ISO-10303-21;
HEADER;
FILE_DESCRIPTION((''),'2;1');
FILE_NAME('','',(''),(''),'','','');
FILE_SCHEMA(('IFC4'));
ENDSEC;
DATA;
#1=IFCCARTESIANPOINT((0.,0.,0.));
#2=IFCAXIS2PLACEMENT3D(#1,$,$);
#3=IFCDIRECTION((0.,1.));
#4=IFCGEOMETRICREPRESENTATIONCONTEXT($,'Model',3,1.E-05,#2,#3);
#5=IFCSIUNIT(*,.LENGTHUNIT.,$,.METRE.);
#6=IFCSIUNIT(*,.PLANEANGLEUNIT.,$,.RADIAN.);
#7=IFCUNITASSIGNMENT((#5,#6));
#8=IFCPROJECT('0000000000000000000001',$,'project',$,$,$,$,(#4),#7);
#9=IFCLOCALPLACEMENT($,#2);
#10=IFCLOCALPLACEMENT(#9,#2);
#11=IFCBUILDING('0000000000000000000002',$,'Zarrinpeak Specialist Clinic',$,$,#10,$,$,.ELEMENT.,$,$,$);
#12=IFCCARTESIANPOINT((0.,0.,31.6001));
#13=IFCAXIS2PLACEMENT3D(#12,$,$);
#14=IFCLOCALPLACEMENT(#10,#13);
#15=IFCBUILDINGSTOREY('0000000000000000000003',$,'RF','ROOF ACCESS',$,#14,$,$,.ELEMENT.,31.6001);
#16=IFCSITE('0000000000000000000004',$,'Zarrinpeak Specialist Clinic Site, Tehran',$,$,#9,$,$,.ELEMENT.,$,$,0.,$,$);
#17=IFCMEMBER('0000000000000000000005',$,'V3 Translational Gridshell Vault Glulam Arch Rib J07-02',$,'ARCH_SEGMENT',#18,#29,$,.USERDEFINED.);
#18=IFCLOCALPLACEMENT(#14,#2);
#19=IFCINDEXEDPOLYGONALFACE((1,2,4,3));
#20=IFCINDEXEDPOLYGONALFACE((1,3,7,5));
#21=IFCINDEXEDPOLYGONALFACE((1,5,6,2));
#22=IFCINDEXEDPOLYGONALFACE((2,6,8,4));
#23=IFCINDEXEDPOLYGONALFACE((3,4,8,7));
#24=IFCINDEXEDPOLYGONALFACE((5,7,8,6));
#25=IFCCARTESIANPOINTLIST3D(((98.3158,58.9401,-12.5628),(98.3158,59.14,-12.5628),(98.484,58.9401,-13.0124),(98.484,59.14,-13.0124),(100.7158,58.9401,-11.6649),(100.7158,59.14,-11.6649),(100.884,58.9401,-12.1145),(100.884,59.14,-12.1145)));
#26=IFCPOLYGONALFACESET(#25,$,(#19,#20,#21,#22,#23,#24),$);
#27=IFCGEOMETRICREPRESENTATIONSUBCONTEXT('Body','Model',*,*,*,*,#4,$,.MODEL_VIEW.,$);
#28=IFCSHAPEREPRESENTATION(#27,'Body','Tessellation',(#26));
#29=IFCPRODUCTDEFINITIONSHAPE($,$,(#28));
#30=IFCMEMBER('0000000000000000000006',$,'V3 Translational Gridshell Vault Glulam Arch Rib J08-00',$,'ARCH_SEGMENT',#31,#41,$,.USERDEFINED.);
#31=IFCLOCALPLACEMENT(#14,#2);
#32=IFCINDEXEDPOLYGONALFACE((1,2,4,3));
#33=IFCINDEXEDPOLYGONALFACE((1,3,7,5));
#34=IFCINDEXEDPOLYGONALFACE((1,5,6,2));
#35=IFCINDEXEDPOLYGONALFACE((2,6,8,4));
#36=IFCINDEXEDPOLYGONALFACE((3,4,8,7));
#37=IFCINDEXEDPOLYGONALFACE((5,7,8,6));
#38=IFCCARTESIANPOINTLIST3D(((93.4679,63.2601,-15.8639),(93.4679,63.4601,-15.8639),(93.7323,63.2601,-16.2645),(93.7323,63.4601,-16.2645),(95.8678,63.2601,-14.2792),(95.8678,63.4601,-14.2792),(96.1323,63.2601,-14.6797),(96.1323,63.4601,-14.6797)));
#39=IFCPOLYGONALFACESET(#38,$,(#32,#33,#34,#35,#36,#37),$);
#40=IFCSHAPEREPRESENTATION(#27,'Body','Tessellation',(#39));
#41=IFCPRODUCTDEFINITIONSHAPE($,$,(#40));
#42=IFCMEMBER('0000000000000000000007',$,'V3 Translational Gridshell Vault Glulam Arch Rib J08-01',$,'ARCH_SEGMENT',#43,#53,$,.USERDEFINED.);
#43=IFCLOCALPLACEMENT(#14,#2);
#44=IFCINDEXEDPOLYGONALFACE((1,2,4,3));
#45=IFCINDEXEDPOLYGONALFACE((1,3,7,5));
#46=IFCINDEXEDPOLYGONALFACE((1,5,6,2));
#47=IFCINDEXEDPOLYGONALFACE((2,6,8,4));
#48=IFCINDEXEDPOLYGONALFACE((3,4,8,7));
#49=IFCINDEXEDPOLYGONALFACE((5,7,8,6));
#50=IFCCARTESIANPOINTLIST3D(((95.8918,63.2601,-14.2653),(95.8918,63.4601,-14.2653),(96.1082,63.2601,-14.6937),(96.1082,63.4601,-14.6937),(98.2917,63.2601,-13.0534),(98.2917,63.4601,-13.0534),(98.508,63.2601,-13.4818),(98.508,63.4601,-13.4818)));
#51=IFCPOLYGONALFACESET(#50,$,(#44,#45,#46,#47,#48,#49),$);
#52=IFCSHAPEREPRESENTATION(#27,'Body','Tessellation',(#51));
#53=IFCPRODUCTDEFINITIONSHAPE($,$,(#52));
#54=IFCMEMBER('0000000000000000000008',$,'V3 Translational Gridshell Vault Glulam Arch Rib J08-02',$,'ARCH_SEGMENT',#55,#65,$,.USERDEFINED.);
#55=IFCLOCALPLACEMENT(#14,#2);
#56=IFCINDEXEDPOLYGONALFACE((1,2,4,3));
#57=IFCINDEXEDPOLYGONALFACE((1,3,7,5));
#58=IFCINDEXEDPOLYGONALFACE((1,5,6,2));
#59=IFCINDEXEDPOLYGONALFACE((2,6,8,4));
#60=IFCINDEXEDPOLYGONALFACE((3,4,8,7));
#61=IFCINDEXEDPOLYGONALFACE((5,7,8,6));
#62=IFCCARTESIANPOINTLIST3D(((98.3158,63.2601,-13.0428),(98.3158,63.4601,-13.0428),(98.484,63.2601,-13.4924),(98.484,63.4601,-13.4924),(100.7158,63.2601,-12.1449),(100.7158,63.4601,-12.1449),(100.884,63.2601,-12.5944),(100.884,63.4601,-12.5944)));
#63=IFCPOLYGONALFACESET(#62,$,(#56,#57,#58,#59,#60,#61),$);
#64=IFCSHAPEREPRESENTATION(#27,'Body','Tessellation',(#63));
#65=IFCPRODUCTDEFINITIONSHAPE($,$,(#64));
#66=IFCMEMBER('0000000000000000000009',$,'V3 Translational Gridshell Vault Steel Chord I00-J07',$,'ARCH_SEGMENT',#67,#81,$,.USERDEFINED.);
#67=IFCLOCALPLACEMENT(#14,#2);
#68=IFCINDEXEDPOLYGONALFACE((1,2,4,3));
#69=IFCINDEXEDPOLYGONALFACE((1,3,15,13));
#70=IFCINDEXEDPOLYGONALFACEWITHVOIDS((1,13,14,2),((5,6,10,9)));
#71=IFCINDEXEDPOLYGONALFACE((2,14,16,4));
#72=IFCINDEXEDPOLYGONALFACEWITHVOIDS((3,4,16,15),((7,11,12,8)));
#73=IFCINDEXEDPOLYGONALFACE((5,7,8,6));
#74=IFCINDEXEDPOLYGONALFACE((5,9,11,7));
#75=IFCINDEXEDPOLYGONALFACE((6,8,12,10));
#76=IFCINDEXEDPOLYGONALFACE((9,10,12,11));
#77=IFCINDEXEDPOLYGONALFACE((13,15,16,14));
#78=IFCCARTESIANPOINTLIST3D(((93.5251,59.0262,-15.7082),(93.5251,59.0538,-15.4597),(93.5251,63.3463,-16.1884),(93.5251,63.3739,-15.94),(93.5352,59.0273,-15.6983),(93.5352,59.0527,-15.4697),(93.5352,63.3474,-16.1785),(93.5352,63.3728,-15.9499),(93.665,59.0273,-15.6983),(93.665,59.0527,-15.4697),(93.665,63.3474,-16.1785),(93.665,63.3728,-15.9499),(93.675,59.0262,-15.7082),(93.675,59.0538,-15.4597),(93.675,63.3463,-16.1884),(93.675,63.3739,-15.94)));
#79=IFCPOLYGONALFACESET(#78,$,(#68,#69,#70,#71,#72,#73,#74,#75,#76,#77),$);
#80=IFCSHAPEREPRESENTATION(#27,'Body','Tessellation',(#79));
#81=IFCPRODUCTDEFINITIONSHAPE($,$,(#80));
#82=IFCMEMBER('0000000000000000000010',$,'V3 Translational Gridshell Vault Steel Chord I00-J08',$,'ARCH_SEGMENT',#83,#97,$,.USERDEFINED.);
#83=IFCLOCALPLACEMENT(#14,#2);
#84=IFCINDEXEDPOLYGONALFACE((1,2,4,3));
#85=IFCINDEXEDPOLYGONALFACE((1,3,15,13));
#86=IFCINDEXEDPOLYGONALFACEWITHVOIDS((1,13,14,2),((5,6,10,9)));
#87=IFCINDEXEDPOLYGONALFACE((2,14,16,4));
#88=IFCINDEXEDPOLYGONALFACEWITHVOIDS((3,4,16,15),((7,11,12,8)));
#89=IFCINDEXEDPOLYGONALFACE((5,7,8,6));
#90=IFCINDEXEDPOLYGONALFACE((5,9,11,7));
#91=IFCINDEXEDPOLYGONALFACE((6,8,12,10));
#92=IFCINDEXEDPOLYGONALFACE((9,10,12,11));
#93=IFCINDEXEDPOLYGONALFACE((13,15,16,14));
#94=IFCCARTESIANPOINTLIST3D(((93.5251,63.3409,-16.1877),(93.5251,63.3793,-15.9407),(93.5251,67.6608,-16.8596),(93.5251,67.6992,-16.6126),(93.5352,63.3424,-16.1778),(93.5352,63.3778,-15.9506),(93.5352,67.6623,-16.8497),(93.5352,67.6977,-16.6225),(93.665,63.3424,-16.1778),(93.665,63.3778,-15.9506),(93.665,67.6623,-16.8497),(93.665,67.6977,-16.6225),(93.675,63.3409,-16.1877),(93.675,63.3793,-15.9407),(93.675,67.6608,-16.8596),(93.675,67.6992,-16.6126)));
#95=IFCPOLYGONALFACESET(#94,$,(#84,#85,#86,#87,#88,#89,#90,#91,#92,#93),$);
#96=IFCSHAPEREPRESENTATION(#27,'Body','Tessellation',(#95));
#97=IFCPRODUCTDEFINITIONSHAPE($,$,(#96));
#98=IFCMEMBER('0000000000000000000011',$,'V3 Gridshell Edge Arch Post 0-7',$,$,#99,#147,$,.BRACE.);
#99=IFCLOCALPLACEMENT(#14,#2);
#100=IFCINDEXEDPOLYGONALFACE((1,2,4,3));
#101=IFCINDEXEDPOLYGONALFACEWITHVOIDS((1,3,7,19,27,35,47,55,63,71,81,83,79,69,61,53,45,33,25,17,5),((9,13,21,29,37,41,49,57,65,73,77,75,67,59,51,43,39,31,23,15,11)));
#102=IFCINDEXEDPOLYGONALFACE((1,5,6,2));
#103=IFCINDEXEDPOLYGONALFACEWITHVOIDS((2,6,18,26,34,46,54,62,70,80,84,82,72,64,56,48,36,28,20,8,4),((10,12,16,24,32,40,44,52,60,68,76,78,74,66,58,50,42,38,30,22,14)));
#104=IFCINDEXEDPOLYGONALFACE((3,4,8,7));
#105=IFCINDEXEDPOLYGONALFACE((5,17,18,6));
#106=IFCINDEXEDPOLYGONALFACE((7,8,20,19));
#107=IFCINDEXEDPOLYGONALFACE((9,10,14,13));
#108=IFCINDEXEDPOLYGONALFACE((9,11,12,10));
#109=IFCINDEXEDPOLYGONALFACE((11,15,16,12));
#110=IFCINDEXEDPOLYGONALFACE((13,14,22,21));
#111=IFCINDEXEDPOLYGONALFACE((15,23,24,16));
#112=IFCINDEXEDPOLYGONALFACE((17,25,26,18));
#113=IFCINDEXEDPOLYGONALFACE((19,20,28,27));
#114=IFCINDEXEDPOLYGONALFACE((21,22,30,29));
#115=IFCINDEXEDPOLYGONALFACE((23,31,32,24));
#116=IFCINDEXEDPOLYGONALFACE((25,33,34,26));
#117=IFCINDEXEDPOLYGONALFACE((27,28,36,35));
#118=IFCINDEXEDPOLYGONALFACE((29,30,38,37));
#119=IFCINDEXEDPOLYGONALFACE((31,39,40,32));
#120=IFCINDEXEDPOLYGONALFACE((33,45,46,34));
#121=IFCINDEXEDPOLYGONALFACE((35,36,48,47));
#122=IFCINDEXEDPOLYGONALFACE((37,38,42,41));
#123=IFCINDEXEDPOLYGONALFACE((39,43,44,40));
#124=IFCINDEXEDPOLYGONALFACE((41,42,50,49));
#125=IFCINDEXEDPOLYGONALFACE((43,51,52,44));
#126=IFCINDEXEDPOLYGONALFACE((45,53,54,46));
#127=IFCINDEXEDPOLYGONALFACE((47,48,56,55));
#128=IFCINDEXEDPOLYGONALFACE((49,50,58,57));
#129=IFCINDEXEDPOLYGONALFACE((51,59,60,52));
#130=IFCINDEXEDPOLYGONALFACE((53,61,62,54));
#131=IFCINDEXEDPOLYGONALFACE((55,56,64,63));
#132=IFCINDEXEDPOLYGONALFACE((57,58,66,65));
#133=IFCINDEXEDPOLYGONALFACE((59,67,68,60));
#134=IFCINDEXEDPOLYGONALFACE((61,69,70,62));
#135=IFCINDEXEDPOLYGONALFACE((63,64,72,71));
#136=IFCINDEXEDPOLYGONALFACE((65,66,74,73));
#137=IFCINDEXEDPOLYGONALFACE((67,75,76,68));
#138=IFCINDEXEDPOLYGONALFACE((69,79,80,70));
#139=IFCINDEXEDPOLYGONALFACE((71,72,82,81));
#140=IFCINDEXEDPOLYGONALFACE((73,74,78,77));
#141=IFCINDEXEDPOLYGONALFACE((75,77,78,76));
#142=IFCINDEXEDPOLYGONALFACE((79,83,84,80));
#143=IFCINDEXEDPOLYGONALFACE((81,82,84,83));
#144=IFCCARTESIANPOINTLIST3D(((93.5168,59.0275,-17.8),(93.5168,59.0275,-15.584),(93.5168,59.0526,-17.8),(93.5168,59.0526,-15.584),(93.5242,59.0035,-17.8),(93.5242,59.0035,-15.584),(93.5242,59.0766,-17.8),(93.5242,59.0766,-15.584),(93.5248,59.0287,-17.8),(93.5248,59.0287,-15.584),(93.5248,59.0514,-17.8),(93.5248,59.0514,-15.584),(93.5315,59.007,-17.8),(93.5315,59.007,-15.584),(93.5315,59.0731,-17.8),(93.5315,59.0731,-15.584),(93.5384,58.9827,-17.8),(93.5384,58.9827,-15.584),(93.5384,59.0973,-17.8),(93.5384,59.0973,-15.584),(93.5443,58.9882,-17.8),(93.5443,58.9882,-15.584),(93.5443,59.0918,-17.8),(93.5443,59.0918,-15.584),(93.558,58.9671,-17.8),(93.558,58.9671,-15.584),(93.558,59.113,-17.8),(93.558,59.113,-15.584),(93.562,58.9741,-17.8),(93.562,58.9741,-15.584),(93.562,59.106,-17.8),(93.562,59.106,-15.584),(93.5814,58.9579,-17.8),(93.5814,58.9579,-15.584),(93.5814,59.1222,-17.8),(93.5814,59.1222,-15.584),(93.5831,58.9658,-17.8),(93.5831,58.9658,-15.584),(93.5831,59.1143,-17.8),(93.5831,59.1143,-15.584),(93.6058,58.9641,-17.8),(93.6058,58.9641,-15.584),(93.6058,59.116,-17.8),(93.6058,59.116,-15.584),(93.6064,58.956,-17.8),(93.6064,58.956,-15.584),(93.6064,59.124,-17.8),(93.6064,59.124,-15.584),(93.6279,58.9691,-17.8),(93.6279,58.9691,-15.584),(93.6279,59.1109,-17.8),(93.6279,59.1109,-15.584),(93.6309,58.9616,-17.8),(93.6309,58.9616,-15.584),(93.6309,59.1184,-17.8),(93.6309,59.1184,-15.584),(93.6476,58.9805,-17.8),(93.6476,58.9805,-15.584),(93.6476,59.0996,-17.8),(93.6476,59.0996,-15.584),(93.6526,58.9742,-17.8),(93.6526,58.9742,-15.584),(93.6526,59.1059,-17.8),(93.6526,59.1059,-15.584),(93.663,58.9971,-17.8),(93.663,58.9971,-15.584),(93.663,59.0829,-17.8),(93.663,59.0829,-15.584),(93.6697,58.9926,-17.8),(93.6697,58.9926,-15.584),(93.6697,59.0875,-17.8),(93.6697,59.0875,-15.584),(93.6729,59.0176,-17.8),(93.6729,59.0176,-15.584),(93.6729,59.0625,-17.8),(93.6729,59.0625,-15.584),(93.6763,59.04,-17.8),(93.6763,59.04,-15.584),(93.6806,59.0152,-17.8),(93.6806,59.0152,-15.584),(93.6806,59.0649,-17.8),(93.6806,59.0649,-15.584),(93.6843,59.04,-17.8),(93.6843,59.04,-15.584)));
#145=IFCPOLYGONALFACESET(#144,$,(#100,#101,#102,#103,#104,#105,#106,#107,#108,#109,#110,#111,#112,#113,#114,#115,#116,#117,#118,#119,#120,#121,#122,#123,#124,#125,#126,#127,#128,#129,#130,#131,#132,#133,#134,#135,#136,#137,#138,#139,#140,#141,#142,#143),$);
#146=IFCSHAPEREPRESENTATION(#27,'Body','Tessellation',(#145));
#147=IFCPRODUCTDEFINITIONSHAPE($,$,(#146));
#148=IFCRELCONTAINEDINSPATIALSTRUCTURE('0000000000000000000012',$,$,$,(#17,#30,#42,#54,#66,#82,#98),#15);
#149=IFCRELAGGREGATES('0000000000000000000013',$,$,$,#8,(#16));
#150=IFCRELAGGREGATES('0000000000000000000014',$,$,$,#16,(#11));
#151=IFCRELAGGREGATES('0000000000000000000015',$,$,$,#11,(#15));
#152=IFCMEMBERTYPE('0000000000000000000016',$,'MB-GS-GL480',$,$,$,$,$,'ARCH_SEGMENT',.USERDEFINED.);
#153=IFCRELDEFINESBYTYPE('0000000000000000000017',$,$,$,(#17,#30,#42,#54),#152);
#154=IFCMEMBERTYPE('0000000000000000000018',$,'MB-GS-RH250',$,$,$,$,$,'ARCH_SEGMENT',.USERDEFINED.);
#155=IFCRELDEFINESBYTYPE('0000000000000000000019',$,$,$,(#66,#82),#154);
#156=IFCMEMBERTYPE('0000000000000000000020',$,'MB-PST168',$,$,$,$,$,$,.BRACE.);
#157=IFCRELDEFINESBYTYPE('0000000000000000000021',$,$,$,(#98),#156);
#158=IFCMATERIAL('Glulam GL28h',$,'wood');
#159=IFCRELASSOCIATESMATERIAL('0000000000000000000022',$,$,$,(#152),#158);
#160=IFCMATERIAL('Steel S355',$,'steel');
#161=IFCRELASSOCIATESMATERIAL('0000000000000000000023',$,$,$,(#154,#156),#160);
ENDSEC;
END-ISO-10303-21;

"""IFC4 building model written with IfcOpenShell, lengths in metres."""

from ifc_helpers import new_model, si_unit, direction, frame, origin, origin_2d, place, context, subcontext, project, spatial, rectangle, hollow_rectangle, hollow_circle, extrude, material, material_profile, profile_set, type_object, element, save


model = new_model("IFC4")

# Units and contexts
model_context = context("Model", 3, precision=1e-05, world=origin(), true_north=direction((0.0, 1.0)))
body_context = subcontext(model_context, "Body", "Model", "MODEL_VIEW")
ifc_project = project(units=[si_unit("LENGTHUNIT", "METRE"), si_unit("PLANEANGLEUNIT", "RADIAN")], contexts=[model_context])

# Site, building, storey
site_placement = place(None, origin())
site = spatial("IfcSite", under=ifc_project, at=site_placement, Name="Zarrinpeak Specialist Clinic Site, Tehran", CompositionType="ELEMENT", RefElevation=0.0)
building_placement = place(site_placement, origin())
building = spatial("IfcBuilding", under=site, at=building_placement, Name="Zarrinpeak Specialist Clinic", CompositionType="ELEMENT")
storey_placement = place(building_placement, frame((0.0, 0.0, 31.6001)))
storey = spatial("IfcBuildingStorey", under=building, at=storey_placement, Name="RF", Description="ROOF ACCESS", CompositionType="ELEMENT", Elevation=31.6001)

# Members
ifc_material_1 = material(Name="Steel S355", Category="steel")
ifc_material_2 = material(Name="Glulam GL28h", Category="wood")
ifc_material_profile_1 = material_profile(ifc_material_2, rectangle(XDim=0.2, YDim=0.48, at=origin_2d()), Name="GL28h 200x480")
ifc_profile_set_1 = profile_set([ifc_material_profile_1], Name="Glulam GL28h")
member_type_1 = type_object("IfcMemberType", Name="MB-GS-GL480", ElementType="ARCH_SEGMENT", PredefinedType="USERDEFINED", material=ifc_profile_set_1)
member_1_placement = place(storey_placement, frame((98.3999, 59.04, -12.7876), z_axis=(0.936599, 0.0, 0.350403), x_axis=(0.0, 1.0, 0.0)))
element("IfcMember", 1, at=member_1_placement, inside=storey, type_object=member_type_1, Name="V3 Translational Gridshell Vault Glulam Arch Rib J07-02", ObjectType="ARCH_SEGMENT", PredefinedType="USERDEFINED", context=body_context, shape_type="SweptSolid", body=[
    extrude(rectangle(XDim=0.2, YDim=0.48, at=origin_2d()), origin(), (0.0, 0.0, 1.0), 2.5625),
])
member_2_placement = place(storey_placement, frame((93.6001, 63.3601, -16.0642), z_axis=(0.834484, 0.0, 0.551031), x_axis=(0.0, 1.0, 0.0)))
element("IfcMember", 2, at=member_2_placement, inside=storey, type_object=member_type_1, Name="V3 Translational Gridshell Vault Glulam Arch Rib J08-00", ObjectType="ARCH_SEGMENT", PredefinedType="USERDEFINED", context=body_context, shape_type="SweptSolid", body=[
    extrude(rectangle(XDim=0.2, YDim=0.48, at=origin_2d()), origin(), (0.0, 0.0, 1.0), 2.876),
])
member_3_placement = place(storey_placement, frame((96.0, 63.3601, -14.4795), z_axis=(0.89264, 0.0, 0.45077), x_axis=(0.0, 1.0, 0.0)))
element("IfcMember", 3, at=member_3_placement, inside=storey, type_object=member_type_1, Name="V3 Translational Gridshell Vault Glulam Arch Rib J08-01", ObjectType="ARCH_SEGMENT", PredefinedType="USERDEFINED", context=body_context, shape_type="SweptSolid", body=[
    extrude(rectangle(XDim=0.2, YDim=0.48, at=origin_2d()), origin(), (0.0, 0.0, 1.0), 2.6885),
])
member_4_placement = place(storey_placement, frame((98.3999, 63.3601, -13.2676), z_axis=(0.936599, 0.0, 0.350403), x_axis=(0.0, 1.0, 0.0)))
element("IfcMember", 4, at=member_4_placement, inside=storey, type_object=member_type_1, Name="V3 Translational Gridshell Vault Glulam Arch Rib J08-02", ObjectType="ARCH_SEGMENT", PredefinedType="USERDEFINED", context=body_context, shape_type="SweptSolid", body=[
    extrude(rectangle(XDim=0.2, YDim=0.48, at=origin_2d()), origin(), (0.0, 0.0, 1.0), 2.5625),
])
ifc_material_profile_2 = material_profile(ifc_material_1, hollow_rectangle(XDim=0.1499, YDim=0.25, WallThickness=0.01, at=origin_2d()), Name="RHS 250x150x10.0")
ifc_profile_set_2 = profile_set([ifc_material_profile_2], Name="Steel S355")
member_type_2 = type_object("IfcMemberType", Name="MB-GS-RH250", ElementType="ARCH_SEGMENT", PredefinedType="USERDEFINED", material=ifc_profile_set_2)
member_5_placement = place(storey_placement, frame((93.6001, 59.04, -15.584), z_axis=(0.0, 0.993878, -0.110481), x_axis=(-1.0, 0.0, 0.0)))
element("IfcMember", 5, at=member_5_placement, inside=storey, type_object=member_type_2, Name="V3 Translational Gridshell Vault Steel Chord I00-J07", ObjectType="ARCH_SEGMENT", PredefinedType="USERDEFINED", context=body_context, shape_type="SweptSolid", body=[
    extrude(hollow_rectangle(XDim=0.1499, YDim=0.25, WallThickness=0.01, at=origin_2d()), origin(), (0.0, 0.0, 1.0), 4.3467),
])
member_6_placement = place(storey_placement, frame((93.6001, 63.3601, -16.0642), z_axis=(0.0, 0.98812, -0.153685), x_axis=(-1.0, 0.0, 0.0)))
element("IfcMember", 6, at=member_6_placement, inside=storey, type_object=member_type_2, Name="V3 Translational Gridshell Vault Steel Chord I00-J08", ObjectType="ARCH_SEGMENT", PredefinedType="USERDEFINED", context=body_context, shape_type="SweptSolid", body=[
    extrude(hollow_rectangle(XDim=0.1499, YDim=0.25, WallThickness=0.01, at=origin_2d()), origin(), (0.0, 0.0, 1.0), 4.3718),
])
ifc_material_profile_3 = material_profile(ifc_material_1, hollow_circle(Radius=0.0842, WallThickness=0.0081, at=origin_2d()), Name="CHS 168.3x8.0")
ifc_profile_set_3 = profile_set([ifc_material_profile_3], Name="Steel S355")
member_type_3 = type_object("IfcMemberType", Name="MB-PST168", PredefinedType="BRACE", material=ifc_profile_set_3)
member_7_placement = place(storey_placement, frame((93.6001, 59.04, -17.8), z_axis=(0.0, 0.0, 1.0), x_axis=(1.0, 0.0, 0.0)))
element("IfcMember", 7, at=member_7_placement, inside=storey, type_object=member_type_3, Name="V3 Gridshell Edge Arch Post 0-7", PredefinedType="BRACE", context=body_context, shape_type="SweptSolid", body=[
    extrude(hollow_circle(Radius=0.0842, WallThickness=0.0081, at=origin_2d()), origin(), (0.0, 0.0, 1.0), 2.2161),
])

save(model, "model.ifc")
